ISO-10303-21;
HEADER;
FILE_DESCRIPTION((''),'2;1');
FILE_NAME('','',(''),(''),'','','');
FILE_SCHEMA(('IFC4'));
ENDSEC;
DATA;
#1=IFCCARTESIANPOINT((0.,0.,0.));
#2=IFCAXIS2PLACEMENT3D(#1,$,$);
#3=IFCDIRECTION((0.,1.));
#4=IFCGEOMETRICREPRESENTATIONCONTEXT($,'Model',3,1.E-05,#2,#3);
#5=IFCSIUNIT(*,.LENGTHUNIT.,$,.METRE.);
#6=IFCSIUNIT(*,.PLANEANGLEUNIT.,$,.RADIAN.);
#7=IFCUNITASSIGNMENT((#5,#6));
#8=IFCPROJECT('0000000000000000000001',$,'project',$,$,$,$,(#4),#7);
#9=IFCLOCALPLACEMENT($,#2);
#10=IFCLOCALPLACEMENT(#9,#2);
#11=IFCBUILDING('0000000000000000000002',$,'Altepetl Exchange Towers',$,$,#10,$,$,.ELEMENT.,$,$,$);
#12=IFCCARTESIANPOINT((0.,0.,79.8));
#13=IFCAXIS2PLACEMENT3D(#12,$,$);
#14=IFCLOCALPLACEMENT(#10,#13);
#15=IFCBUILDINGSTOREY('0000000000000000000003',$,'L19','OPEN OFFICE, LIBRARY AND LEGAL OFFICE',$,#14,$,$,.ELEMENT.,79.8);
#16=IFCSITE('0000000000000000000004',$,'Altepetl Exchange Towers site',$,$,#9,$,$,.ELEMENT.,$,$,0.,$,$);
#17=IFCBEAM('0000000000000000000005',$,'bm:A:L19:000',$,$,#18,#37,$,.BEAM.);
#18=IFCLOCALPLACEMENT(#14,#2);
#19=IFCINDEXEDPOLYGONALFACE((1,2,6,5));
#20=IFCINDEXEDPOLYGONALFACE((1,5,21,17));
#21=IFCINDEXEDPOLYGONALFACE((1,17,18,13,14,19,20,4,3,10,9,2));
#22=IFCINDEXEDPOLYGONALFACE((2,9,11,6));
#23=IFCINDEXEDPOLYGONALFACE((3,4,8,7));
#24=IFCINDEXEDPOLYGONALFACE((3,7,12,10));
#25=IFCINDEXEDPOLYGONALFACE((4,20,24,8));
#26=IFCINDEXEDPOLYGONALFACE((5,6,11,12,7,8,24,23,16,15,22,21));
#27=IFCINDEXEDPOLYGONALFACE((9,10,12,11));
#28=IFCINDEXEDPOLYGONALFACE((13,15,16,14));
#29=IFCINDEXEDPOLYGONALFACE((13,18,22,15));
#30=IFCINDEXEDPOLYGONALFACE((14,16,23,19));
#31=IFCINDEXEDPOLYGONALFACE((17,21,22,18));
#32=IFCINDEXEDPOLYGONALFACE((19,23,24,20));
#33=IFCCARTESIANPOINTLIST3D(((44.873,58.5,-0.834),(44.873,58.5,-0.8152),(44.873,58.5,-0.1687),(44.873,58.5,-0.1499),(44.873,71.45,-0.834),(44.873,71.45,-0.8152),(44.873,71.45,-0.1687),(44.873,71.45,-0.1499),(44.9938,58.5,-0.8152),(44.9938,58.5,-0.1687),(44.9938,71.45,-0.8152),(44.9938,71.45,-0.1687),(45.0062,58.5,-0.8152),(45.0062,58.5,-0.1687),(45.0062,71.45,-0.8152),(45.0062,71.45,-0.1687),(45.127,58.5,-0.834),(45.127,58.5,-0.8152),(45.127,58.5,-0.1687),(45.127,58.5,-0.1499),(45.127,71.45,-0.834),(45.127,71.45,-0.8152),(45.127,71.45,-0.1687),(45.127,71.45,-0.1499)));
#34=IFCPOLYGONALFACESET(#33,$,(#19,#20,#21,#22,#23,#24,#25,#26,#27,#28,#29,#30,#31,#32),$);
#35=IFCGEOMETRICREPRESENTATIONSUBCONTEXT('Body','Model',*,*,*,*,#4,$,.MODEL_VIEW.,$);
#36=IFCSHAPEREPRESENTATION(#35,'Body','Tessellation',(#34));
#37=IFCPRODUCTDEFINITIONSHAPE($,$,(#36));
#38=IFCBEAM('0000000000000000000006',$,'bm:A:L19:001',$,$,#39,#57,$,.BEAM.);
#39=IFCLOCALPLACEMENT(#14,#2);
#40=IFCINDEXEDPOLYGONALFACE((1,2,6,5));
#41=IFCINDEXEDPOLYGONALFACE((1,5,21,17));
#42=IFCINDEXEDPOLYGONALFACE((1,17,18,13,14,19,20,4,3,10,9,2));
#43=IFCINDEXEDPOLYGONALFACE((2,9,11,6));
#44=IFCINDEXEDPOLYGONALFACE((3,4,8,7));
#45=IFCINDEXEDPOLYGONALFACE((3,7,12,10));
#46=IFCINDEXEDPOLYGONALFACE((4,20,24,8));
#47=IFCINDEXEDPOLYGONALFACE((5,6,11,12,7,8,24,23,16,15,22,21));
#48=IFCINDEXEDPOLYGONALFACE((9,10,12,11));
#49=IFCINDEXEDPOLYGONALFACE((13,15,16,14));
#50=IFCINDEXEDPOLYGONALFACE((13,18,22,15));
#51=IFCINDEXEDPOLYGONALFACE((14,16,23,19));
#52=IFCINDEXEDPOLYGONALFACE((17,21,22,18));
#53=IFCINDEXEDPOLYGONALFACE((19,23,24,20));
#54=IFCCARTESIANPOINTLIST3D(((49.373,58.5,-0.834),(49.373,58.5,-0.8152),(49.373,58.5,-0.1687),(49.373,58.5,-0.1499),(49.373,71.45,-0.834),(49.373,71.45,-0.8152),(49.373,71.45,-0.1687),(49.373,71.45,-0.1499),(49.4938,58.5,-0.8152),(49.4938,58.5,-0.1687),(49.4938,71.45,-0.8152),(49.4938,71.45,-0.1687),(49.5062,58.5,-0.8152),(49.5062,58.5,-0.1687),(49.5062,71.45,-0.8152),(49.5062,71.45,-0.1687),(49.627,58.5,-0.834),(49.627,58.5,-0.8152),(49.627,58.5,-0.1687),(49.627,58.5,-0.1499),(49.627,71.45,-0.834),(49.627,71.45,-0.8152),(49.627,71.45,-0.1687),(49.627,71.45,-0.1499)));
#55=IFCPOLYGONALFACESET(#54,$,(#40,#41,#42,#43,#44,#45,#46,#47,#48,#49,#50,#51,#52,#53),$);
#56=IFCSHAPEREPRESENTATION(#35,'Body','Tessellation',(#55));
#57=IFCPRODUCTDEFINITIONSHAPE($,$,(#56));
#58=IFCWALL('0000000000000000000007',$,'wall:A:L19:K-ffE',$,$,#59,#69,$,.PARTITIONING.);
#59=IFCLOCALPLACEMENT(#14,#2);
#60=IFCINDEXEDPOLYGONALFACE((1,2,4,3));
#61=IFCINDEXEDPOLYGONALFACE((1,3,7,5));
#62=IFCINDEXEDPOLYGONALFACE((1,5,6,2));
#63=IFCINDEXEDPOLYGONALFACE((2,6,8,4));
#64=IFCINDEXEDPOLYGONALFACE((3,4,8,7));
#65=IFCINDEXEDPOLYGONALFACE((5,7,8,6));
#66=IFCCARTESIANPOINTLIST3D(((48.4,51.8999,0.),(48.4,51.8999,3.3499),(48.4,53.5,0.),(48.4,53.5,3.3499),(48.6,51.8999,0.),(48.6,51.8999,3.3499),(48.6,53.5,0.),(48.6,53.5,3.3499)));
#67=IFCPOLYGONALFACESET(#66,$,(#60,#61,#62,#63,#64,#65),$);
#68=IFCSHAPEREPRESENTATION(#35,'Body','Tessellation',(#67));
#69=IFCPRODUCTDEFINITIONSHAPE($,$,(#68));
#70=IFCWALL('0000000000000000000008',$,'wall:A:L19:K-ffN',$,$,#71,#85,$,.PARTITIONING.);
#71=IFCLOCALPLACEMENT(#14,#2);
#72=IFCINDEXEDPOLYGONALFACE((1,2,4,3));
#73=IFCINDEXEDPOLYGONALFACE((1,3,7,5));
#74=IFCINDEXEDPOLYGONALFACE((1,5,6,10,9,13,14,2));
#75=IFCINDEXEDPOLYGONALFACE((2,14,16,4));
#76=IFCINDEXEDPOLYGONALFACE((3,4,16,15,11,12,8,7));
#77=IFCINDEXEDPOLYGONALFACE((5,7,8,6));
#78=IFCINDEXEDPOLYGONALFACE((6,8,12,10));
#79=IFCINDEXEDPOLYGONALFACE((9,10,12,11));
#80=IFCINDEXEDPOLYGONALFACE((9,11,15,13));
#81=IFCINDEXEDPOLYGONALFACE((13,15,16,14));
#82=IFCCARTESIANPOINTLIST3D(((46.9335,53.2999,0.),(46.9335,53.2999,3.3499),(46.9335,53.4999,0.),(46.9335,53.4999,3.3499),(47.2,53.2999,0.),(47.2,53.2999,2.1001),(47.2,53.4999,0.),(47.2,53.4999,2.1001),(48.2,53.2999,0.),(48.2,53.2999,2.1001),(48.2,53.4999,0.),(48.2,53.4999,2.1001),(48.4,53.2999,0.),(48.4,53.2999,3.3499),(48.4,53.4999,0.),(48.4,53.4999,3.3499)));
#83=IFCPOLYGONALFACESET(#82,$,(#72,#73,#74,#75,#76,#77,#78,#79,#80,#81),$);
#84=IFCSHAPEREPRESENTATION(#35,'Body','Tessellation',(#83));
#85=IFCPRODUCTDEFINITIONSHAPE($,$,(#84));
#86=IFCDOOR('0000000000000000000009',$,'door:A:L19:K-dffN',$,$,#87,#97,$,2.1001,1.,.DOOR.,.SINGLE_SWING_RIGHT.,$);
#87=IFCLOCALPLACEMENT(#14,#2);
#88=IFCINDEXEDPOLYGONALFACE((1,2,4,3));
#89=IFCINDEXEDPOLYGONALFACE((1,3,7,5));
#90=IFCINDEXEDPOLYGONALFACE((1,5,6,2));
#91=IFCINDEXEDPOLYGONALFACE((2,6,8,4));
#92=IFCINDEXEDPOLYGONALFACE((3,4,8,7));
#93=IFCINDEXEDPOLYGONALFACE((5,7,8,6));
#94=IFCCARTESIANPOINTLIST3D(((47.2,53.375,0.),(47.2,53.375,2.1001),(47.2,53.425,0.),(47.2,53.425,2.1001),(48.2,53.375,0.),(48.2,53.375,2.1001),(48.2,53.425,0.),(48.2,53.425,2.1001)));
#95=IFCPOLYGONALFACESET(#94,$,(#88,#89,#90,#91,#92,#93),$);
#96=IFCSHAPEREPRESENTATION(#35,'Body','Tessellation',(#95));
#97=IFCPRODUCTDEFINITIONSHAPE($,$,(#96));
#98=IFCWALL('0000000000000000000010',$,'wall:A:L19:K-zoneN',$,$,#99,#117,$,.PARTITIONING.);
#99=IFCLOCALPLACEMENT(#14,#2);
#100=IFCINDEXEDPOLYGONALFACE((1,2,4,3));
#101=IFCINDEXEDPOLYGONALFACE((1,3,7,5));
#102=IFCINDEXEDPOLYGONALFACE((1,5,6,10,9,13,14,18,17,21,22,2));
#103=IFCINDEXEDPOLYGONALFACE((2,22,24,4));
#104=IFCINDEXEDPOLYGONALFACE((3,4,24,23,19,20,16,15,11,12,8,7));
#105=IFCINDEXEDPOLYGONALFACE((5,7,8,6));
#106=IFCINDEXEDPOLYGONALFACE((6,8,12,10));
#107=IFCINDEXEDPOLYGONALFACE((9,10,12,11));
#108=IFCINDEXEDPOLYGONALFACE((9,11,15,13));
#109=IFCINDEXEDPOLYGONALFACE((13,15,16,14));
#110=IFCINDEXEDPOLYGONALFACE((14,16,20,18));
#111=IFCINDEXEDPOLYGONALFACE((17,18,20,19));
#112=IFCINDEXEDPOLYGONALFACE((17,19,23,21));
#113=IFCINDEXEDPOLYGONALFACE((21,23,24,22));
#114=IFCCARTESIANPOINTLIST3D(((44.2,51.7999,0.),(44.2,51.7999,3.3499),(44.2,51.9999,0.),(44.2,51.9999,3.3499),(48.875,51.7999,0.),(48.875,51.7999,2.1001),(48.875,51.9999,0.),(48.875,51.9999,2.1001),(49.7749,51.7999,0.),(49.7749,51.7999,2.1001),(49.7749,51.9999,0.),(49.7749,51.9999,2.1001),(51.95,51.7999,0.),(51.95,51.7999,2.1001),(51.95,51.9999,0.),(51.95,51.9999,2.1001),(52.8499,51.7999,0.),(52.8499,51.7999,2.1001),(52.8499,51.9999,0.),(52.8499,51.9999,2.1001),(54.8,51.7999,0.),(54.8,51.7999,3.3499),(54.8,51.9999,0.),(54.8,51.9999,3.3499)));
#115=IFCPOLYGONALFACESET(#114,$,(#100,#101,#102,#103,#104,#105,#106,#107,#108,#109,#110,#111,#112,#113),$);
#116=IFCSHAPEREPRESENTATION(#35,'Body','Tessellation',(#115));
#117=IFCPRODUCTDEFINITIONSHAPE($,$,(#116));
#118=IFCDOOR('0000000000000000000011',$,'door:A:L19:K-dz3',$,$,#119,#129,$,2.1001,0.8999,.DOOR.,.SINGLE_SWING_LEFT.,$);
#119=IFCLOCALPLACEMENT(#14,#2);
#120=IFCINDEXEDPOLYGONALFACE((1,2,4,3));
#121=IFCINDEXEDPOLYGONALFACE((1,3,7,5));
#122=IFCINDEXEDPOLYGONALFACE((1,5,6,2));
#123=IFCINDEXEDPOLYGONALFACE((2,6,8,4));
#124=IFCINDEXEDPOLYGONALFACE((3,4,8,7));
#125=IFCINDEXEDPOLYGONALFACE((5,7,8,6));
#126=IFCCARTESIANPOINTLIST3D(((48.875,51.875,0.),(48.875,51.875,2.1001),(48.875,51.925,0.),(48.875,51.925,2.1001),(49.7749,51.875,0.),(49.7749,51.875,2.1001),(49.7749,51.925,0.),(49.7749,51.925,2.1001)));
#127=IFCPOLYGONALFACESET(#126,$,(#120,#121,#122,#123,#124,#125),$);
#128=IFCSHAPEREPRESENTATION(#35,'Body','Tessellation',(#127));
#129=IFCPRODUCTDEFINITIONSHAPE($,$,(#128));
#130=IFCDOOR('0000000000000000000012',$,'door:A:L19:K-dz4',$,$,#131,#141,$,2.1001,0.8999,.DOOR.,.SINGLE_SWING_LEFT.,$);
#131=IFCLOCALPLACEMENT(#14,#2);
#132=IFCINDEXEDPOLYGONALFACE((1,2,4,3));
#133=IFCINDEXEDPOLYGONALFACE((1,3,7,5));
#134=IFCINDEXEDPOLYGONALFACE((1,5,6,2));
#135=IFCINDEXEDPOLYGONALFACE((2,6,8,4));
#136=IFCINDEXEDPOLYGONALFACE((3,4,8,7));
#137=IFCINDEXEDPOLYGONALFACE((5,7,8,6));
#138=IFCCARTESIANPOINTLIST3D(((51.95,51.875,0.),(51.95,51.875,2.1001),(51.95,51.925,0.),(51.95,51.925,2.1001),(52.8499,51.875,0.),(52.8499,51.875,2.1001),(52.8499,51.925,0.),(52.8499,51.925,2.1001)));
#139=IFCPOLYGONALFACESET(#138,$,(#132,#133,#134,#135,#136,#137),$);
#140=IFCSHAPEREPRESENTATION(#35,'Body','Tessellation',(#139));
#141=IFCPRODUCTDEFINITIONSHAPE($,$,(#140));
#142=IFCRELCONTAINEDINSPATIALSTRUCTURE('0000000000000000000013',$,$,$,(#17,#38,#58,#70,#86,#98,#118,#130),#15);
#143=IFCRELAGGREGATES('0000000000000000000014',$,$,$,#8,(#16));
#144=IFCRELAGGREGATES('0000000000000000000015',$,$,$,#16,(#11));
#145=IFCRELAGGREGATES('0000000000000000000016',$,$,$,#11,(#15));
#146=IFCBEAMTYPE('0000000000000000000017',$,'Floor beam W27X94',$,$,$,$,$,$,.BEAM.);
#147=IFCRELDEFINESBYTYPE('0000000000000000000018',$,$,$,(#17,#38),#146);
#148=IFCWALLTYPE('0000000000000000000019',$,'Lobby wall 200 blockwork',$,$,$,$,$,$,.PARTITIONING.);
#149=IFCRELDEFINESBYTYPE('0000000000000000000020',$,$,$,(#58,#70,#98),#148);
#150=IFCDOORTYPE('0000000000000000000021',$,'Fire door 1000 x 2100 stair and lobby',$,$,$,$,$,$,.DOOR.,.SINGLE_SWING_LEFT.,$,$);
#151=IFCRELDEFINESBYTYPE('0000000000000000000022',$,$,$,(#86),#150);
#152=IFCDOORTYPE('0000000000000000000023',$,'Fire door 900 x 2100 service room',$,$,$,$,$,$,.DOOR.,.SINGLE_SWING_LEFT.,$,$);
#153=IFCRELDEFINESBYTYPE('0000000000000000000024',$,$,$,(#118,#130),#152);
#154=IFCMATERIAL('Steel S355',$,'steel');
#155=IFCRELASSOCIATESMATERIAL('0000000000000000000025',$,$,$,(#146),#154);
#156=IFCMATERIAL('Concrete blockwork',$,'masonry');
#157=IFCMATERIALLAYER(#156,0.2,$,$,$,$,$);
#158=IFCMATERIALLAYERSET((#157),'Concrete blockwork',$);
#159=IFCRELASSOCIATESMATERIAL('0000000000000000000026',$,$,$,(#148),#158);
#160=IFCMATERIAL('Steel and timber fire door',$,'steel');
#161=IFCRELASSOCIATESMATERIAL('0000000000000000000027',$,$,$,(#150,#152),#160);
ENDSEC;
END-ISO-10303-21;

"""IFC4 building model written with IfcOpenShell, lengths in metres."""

from ifc_helpers import new_model, si_unit, direction, frame, frame_2d, origin, origin_2d, place, context, subcontext, project, spatial, rectangle, i_section, extrude, material, layer, layer_set, material_profile, profile_set, type_object, element, fill, save


model = new_model("IFC4")

# Units and contexts
model_context = context("Model", 3, precision=1e-05, world=origin(), true_north=direction((0.0, 1.0)))
body_context = subcontext(model_context, "Body", "Model", "MODEL_VIEW")
ifc_project = project(units=[si_unit("LENGTHUNIT", "METRE"), si_unit("PLANEANGLEUNIT", "RADIAN")], contexts=[model_context])

# Site, building, storey
site_placement = place(None, origin())
site = spatial("IfcSite", under=ifc_project, at=site_placement, Name="Altepetl Exchange Towers site", CompositionType="ELEMENT", RefElevation=0.0)
building_placement = place(site_placement, origin())
building = spatial("IfcBuilding", under=site, at=building_placement, Name="Altepetl Exchange Towers", CompositionType="ELEMENT")
storey_placement = place(building_placement, frame((0.0, 0.0, 79.8)))
storey = spatial("IfcBuildingStorey", under=building, at=storey_placement, Name="L19", Description="OPEN OFFICE, LIBRARY AND LEGAL OFFICE", CompositionType="ELEMENT", Elevation=79.8)

# Beams
ifc_material_1 = material(Name="Steel S355", Category="steel")
ifc_material_profile = material_profile(ifc_material_1, i_section(OverallWidth=0.2539, OverallDepth=0.6841, WebThickness=0.0125, FlangeThickness=0.0188, at=origin_2d()), Name="W27X94")
ifc_profile_set = profile_set([ifc_material_profile], Name="Steel S355")
beam_type = type_object("IfcBeamType", Name="Floor beam W27X94", PredefinedType="BEAM", material=ifc_profile_set)
for number, where, z_axis, x_axis, name in (
    (1, (45.0, 58.5, -0.4919), (0.0, 1.0, 0.0), (-1.0, 0.0, 0.0), "bm:A:L19:000"),
    (2, (49.5, 58.5, -0.4919), (0.0, 1.0, 0.0), (-1.0, 0.0, 0.0), "bm:A:L19:001"),
):
    element("IfcBeam", number, at=place(storey_placement, frame(where, z_axis=z_axis, x_axis=x_axis)), inside=storey, type_object=beam_type, Name=name, PredefinedType="BEAM", context=body_context, shape_type="SweptSolid", body=[
        extrude(i_section(OverallWidth=0.2539, OverallDepth=0.6841, WebThickness=0.0125, FlangeThickness=0.0188, at=origin_2d()), origin(), (0.0, 0.0, 1.0), 12.95),
    ])

# Wall
ifc_material_2 = material(Name="Concrete blockwork", Category="masonry")
ifc_layer_1 = layer(ifc_material_2, 0.2)
ifc_layer_set_1 = layer_set([ifc_layer_1], Name="Concrete blockwork")
wall_type_1 = type_object("IfcWallType", Name="Lobby wall 200 blockwork", PredefinedType="PARTITIONING", material=ifc_layer_set_1)
wall_1_placement = place(storey_placement, frame((48.5, 51.8999, 0.0), z_axis=(0.0, 0.0, 1.0), x_axis=(0.0, 1.0, 0.0)))
element("IfcWall", 3, at=wall_1_placement, inside=storey, type_object=wall_type_1, Name="wall:A:L19:K-ffE", PredefinedType="PARTITIONING", context=body_context, shape_type="SweptSolid", body=[
    extrude(rectangle(XDim=1.6001, YDim=0.2, at=frame_2d((0.8, 0.0))), origin(), (0.0, 0.0, 1.0), 3.3499),
])

# Wall, opening, door
wall_2_placement = place(storey_placement, frame((46.9333, 53.3999, 0.0)))
wall_2 = element("IfcWall", 4, at=wall_2_placement, inside=storey, type_object=wall_type_1, Name="wall:A:L19:K-ffN", PredefinedType="PARTITIONING", context=body_context, shape_type="SweptSolid", body=[
    extrude(rectangle(XDim=1.4666, YDim=0.2, at=frame_2d((0.7334, 0.0))), origin(), (0.0, 0.0, 1.0), 3.3499),
])
opening_1_placement = place(wall_2_placement, frame((0.2666, 0.0, 0.0)))
opening_1 = element("IfcOpeningElement", 5, at=opening_1_placement, cuts=wall_2, PredefinedType="OPENING", context=body_context, shape_type="SweptSolid", body=[
    extrude(rectangle(XDim=1.0, YDim=2.1001, at=frame_2d((0.5, 1.05))), frame((0.0, 0.1099, 0.0), z_axis=(0.0, -1.0, 0.0), x_axis=(1.0, 0.0, 0.0)), (0.0, 0.0, 1.0), 0.22),
])
ifc_material_3 = material(Name="Steel and timber fire door", Category="steel")
door_type_1 = type_object("IfcDoorType", Name="Fire door 1000 x 2100 stair and lobby", OperationType="SINGLE_SWING_LEFT", PredefinedType="DOOR", material=ifc_material_3)
door_1_placement = place(opening_1_placement, frame((1.0, 0.0, 0.0), x_axis=(-1.0, 0.0, 0.0)))
door_1 = element("IfcDoor", 6, at=door_1_placement, inside=storey, type_object=door_type_1, Name="door:A:L19:K-dffN", OperationType="SINGLE_SWING_RIGHT", OverallHeight=2.1001, OverallWidth=1.0, PredefinedType="DOOR", context=body_context, shape_type="SweptSolid", body=[
    extrude(rectangle(XDim=1.0, YDim=2.1001, at=frame_2d((0.5, 1.05))), frame((0.0, 0.0249, 0.0), z_axis=(0.0, -1.0, 0.0), x_axis=(1.0, 0.0, 0.0)), (0.0, 0.0, 1.0), 0.05),
])
fill(opening_1, door_1)

# Wall, openings, doors
wall_3_placement = place(storey_placement, frame((44.2, 51.8999, 0.0)))
wall_3 = element("IfcWall", 7, at=wall_3_placement, inside=storey, type_object=wall_type_1, Name="wall:A:L19:K-zoneN", PredefinedType="PARTITIONING", context=body_context, shape_type="SweptSolid", body=[
    extrude(rectangle(XDim=10.6001, YDim=0.2, at=frame_2d((5.3, 0.0))), origin(), (0.0, 0.0, 1.0), 3.3499),
])
opening_2_placement = place(wall_3_placement, frame((4.675, 0.0, 0.0)))
opening_2 = element("IfcOpeningElement", 8, at=opening_2_placement, cuts=wall_3, PredefinedType="OPENING", context=body_context, shape_type="SweptSolid", body=[
    extrude(rectangle(XDim=0.8999, YDim=2.1001, at=frame_2d((0.45, 1.05))), frame((0.0, 0.1099, 0.0), z_axis=(0.0, -1.0, 0.0), x_axis=(1.0, 0.0, 0.0)), (0.0, 0.0, 1.0), 0.22),
])
opening_3_placement = place(wall_3_placement, frame((7.75, 0.0, 0.0)))
opening_3 = element("IfcOpeningElement", 9, at=opening_3_placement, cuts=wall_3, PredefinedType="OPENING", context=body_context, shape_type="SweptSolid", body=[
    extrude(rectangle(XDim=0.8999, YDim=2.1001, at=frame_2d((0.45, 1.05))), frame((0.0, 0.1099, 0.0), z_axis=(0.0, -1.0, 0.0), x_axis=(1.0, 0.0, 0.0)), (0.0, 0.0, 1.0), 0.22),
])
door_type_2 = type_object("IfcDoorType", Name="Fire door 900 x 2100 service room", OperationType="SINGLE_SWING_LEFT", PredefinedType="DOOR", material=ifc_material_3)
door_2_placement = place(opening_2_placement, frame((0.8999, 0.0, 0.0), x_axis=(-1.0, 0.0, 0.0)))
door_2 = element("IfcDoor", 10, at=door_2_placement, inside=storey, type_object=door_type_2, Name="door:A:L19:K-dz3", OperationType="SINGLE_SWING_LEFT", OverallHeight=2.1001, OverallWidth=0.8999, PredefinedType="DOOR", context=body_context, shape_type="SweptSolid", body=[
    extrude(rectangle(XDim=0.8999, YDim=2.1001, at=frame_2d((0.45, 1.05))), frame((0.0, 0.0249, 0.0), z_axis=(0.0, -1.0, 0.0), x_axis=(1.0, 0.0, 0.0)), (0.0, 0.0, 1.0), 0.05),
])
fill(opening_2, door_2)
door_3_placement = place(opening_3_placement, frame((0.8999, 0.0, 0.0), x_axis=(-1.0, 0.0, 0.0)))
door_3 = element("IfcDoor", 11, at=door_3_placement, inside=storey, type_object=door_type_2, Name="door:A:L19:K-dz4", OperationType="SINGLE_SWING_LEFT", OverallHeight=2.1001, OverallWidth=0.8999, PredefinedType="DOOR", context=body_context, shape_type="SweptSolid", body=[
    extrude(rectangle(XDim=0.8999, YDim=2.1001, at=frame_2d((0.45, 1.05))), frame((0.0, 0.0249, 0.0), z_axis=(0.0, -1.0, 0.0), x_axis=(1.0, 0.0, 0.0)), (0.0, 0.0, 1.0), 0.05),
])
fill(opening_3, door_3)

save(model, "model.ifc")
